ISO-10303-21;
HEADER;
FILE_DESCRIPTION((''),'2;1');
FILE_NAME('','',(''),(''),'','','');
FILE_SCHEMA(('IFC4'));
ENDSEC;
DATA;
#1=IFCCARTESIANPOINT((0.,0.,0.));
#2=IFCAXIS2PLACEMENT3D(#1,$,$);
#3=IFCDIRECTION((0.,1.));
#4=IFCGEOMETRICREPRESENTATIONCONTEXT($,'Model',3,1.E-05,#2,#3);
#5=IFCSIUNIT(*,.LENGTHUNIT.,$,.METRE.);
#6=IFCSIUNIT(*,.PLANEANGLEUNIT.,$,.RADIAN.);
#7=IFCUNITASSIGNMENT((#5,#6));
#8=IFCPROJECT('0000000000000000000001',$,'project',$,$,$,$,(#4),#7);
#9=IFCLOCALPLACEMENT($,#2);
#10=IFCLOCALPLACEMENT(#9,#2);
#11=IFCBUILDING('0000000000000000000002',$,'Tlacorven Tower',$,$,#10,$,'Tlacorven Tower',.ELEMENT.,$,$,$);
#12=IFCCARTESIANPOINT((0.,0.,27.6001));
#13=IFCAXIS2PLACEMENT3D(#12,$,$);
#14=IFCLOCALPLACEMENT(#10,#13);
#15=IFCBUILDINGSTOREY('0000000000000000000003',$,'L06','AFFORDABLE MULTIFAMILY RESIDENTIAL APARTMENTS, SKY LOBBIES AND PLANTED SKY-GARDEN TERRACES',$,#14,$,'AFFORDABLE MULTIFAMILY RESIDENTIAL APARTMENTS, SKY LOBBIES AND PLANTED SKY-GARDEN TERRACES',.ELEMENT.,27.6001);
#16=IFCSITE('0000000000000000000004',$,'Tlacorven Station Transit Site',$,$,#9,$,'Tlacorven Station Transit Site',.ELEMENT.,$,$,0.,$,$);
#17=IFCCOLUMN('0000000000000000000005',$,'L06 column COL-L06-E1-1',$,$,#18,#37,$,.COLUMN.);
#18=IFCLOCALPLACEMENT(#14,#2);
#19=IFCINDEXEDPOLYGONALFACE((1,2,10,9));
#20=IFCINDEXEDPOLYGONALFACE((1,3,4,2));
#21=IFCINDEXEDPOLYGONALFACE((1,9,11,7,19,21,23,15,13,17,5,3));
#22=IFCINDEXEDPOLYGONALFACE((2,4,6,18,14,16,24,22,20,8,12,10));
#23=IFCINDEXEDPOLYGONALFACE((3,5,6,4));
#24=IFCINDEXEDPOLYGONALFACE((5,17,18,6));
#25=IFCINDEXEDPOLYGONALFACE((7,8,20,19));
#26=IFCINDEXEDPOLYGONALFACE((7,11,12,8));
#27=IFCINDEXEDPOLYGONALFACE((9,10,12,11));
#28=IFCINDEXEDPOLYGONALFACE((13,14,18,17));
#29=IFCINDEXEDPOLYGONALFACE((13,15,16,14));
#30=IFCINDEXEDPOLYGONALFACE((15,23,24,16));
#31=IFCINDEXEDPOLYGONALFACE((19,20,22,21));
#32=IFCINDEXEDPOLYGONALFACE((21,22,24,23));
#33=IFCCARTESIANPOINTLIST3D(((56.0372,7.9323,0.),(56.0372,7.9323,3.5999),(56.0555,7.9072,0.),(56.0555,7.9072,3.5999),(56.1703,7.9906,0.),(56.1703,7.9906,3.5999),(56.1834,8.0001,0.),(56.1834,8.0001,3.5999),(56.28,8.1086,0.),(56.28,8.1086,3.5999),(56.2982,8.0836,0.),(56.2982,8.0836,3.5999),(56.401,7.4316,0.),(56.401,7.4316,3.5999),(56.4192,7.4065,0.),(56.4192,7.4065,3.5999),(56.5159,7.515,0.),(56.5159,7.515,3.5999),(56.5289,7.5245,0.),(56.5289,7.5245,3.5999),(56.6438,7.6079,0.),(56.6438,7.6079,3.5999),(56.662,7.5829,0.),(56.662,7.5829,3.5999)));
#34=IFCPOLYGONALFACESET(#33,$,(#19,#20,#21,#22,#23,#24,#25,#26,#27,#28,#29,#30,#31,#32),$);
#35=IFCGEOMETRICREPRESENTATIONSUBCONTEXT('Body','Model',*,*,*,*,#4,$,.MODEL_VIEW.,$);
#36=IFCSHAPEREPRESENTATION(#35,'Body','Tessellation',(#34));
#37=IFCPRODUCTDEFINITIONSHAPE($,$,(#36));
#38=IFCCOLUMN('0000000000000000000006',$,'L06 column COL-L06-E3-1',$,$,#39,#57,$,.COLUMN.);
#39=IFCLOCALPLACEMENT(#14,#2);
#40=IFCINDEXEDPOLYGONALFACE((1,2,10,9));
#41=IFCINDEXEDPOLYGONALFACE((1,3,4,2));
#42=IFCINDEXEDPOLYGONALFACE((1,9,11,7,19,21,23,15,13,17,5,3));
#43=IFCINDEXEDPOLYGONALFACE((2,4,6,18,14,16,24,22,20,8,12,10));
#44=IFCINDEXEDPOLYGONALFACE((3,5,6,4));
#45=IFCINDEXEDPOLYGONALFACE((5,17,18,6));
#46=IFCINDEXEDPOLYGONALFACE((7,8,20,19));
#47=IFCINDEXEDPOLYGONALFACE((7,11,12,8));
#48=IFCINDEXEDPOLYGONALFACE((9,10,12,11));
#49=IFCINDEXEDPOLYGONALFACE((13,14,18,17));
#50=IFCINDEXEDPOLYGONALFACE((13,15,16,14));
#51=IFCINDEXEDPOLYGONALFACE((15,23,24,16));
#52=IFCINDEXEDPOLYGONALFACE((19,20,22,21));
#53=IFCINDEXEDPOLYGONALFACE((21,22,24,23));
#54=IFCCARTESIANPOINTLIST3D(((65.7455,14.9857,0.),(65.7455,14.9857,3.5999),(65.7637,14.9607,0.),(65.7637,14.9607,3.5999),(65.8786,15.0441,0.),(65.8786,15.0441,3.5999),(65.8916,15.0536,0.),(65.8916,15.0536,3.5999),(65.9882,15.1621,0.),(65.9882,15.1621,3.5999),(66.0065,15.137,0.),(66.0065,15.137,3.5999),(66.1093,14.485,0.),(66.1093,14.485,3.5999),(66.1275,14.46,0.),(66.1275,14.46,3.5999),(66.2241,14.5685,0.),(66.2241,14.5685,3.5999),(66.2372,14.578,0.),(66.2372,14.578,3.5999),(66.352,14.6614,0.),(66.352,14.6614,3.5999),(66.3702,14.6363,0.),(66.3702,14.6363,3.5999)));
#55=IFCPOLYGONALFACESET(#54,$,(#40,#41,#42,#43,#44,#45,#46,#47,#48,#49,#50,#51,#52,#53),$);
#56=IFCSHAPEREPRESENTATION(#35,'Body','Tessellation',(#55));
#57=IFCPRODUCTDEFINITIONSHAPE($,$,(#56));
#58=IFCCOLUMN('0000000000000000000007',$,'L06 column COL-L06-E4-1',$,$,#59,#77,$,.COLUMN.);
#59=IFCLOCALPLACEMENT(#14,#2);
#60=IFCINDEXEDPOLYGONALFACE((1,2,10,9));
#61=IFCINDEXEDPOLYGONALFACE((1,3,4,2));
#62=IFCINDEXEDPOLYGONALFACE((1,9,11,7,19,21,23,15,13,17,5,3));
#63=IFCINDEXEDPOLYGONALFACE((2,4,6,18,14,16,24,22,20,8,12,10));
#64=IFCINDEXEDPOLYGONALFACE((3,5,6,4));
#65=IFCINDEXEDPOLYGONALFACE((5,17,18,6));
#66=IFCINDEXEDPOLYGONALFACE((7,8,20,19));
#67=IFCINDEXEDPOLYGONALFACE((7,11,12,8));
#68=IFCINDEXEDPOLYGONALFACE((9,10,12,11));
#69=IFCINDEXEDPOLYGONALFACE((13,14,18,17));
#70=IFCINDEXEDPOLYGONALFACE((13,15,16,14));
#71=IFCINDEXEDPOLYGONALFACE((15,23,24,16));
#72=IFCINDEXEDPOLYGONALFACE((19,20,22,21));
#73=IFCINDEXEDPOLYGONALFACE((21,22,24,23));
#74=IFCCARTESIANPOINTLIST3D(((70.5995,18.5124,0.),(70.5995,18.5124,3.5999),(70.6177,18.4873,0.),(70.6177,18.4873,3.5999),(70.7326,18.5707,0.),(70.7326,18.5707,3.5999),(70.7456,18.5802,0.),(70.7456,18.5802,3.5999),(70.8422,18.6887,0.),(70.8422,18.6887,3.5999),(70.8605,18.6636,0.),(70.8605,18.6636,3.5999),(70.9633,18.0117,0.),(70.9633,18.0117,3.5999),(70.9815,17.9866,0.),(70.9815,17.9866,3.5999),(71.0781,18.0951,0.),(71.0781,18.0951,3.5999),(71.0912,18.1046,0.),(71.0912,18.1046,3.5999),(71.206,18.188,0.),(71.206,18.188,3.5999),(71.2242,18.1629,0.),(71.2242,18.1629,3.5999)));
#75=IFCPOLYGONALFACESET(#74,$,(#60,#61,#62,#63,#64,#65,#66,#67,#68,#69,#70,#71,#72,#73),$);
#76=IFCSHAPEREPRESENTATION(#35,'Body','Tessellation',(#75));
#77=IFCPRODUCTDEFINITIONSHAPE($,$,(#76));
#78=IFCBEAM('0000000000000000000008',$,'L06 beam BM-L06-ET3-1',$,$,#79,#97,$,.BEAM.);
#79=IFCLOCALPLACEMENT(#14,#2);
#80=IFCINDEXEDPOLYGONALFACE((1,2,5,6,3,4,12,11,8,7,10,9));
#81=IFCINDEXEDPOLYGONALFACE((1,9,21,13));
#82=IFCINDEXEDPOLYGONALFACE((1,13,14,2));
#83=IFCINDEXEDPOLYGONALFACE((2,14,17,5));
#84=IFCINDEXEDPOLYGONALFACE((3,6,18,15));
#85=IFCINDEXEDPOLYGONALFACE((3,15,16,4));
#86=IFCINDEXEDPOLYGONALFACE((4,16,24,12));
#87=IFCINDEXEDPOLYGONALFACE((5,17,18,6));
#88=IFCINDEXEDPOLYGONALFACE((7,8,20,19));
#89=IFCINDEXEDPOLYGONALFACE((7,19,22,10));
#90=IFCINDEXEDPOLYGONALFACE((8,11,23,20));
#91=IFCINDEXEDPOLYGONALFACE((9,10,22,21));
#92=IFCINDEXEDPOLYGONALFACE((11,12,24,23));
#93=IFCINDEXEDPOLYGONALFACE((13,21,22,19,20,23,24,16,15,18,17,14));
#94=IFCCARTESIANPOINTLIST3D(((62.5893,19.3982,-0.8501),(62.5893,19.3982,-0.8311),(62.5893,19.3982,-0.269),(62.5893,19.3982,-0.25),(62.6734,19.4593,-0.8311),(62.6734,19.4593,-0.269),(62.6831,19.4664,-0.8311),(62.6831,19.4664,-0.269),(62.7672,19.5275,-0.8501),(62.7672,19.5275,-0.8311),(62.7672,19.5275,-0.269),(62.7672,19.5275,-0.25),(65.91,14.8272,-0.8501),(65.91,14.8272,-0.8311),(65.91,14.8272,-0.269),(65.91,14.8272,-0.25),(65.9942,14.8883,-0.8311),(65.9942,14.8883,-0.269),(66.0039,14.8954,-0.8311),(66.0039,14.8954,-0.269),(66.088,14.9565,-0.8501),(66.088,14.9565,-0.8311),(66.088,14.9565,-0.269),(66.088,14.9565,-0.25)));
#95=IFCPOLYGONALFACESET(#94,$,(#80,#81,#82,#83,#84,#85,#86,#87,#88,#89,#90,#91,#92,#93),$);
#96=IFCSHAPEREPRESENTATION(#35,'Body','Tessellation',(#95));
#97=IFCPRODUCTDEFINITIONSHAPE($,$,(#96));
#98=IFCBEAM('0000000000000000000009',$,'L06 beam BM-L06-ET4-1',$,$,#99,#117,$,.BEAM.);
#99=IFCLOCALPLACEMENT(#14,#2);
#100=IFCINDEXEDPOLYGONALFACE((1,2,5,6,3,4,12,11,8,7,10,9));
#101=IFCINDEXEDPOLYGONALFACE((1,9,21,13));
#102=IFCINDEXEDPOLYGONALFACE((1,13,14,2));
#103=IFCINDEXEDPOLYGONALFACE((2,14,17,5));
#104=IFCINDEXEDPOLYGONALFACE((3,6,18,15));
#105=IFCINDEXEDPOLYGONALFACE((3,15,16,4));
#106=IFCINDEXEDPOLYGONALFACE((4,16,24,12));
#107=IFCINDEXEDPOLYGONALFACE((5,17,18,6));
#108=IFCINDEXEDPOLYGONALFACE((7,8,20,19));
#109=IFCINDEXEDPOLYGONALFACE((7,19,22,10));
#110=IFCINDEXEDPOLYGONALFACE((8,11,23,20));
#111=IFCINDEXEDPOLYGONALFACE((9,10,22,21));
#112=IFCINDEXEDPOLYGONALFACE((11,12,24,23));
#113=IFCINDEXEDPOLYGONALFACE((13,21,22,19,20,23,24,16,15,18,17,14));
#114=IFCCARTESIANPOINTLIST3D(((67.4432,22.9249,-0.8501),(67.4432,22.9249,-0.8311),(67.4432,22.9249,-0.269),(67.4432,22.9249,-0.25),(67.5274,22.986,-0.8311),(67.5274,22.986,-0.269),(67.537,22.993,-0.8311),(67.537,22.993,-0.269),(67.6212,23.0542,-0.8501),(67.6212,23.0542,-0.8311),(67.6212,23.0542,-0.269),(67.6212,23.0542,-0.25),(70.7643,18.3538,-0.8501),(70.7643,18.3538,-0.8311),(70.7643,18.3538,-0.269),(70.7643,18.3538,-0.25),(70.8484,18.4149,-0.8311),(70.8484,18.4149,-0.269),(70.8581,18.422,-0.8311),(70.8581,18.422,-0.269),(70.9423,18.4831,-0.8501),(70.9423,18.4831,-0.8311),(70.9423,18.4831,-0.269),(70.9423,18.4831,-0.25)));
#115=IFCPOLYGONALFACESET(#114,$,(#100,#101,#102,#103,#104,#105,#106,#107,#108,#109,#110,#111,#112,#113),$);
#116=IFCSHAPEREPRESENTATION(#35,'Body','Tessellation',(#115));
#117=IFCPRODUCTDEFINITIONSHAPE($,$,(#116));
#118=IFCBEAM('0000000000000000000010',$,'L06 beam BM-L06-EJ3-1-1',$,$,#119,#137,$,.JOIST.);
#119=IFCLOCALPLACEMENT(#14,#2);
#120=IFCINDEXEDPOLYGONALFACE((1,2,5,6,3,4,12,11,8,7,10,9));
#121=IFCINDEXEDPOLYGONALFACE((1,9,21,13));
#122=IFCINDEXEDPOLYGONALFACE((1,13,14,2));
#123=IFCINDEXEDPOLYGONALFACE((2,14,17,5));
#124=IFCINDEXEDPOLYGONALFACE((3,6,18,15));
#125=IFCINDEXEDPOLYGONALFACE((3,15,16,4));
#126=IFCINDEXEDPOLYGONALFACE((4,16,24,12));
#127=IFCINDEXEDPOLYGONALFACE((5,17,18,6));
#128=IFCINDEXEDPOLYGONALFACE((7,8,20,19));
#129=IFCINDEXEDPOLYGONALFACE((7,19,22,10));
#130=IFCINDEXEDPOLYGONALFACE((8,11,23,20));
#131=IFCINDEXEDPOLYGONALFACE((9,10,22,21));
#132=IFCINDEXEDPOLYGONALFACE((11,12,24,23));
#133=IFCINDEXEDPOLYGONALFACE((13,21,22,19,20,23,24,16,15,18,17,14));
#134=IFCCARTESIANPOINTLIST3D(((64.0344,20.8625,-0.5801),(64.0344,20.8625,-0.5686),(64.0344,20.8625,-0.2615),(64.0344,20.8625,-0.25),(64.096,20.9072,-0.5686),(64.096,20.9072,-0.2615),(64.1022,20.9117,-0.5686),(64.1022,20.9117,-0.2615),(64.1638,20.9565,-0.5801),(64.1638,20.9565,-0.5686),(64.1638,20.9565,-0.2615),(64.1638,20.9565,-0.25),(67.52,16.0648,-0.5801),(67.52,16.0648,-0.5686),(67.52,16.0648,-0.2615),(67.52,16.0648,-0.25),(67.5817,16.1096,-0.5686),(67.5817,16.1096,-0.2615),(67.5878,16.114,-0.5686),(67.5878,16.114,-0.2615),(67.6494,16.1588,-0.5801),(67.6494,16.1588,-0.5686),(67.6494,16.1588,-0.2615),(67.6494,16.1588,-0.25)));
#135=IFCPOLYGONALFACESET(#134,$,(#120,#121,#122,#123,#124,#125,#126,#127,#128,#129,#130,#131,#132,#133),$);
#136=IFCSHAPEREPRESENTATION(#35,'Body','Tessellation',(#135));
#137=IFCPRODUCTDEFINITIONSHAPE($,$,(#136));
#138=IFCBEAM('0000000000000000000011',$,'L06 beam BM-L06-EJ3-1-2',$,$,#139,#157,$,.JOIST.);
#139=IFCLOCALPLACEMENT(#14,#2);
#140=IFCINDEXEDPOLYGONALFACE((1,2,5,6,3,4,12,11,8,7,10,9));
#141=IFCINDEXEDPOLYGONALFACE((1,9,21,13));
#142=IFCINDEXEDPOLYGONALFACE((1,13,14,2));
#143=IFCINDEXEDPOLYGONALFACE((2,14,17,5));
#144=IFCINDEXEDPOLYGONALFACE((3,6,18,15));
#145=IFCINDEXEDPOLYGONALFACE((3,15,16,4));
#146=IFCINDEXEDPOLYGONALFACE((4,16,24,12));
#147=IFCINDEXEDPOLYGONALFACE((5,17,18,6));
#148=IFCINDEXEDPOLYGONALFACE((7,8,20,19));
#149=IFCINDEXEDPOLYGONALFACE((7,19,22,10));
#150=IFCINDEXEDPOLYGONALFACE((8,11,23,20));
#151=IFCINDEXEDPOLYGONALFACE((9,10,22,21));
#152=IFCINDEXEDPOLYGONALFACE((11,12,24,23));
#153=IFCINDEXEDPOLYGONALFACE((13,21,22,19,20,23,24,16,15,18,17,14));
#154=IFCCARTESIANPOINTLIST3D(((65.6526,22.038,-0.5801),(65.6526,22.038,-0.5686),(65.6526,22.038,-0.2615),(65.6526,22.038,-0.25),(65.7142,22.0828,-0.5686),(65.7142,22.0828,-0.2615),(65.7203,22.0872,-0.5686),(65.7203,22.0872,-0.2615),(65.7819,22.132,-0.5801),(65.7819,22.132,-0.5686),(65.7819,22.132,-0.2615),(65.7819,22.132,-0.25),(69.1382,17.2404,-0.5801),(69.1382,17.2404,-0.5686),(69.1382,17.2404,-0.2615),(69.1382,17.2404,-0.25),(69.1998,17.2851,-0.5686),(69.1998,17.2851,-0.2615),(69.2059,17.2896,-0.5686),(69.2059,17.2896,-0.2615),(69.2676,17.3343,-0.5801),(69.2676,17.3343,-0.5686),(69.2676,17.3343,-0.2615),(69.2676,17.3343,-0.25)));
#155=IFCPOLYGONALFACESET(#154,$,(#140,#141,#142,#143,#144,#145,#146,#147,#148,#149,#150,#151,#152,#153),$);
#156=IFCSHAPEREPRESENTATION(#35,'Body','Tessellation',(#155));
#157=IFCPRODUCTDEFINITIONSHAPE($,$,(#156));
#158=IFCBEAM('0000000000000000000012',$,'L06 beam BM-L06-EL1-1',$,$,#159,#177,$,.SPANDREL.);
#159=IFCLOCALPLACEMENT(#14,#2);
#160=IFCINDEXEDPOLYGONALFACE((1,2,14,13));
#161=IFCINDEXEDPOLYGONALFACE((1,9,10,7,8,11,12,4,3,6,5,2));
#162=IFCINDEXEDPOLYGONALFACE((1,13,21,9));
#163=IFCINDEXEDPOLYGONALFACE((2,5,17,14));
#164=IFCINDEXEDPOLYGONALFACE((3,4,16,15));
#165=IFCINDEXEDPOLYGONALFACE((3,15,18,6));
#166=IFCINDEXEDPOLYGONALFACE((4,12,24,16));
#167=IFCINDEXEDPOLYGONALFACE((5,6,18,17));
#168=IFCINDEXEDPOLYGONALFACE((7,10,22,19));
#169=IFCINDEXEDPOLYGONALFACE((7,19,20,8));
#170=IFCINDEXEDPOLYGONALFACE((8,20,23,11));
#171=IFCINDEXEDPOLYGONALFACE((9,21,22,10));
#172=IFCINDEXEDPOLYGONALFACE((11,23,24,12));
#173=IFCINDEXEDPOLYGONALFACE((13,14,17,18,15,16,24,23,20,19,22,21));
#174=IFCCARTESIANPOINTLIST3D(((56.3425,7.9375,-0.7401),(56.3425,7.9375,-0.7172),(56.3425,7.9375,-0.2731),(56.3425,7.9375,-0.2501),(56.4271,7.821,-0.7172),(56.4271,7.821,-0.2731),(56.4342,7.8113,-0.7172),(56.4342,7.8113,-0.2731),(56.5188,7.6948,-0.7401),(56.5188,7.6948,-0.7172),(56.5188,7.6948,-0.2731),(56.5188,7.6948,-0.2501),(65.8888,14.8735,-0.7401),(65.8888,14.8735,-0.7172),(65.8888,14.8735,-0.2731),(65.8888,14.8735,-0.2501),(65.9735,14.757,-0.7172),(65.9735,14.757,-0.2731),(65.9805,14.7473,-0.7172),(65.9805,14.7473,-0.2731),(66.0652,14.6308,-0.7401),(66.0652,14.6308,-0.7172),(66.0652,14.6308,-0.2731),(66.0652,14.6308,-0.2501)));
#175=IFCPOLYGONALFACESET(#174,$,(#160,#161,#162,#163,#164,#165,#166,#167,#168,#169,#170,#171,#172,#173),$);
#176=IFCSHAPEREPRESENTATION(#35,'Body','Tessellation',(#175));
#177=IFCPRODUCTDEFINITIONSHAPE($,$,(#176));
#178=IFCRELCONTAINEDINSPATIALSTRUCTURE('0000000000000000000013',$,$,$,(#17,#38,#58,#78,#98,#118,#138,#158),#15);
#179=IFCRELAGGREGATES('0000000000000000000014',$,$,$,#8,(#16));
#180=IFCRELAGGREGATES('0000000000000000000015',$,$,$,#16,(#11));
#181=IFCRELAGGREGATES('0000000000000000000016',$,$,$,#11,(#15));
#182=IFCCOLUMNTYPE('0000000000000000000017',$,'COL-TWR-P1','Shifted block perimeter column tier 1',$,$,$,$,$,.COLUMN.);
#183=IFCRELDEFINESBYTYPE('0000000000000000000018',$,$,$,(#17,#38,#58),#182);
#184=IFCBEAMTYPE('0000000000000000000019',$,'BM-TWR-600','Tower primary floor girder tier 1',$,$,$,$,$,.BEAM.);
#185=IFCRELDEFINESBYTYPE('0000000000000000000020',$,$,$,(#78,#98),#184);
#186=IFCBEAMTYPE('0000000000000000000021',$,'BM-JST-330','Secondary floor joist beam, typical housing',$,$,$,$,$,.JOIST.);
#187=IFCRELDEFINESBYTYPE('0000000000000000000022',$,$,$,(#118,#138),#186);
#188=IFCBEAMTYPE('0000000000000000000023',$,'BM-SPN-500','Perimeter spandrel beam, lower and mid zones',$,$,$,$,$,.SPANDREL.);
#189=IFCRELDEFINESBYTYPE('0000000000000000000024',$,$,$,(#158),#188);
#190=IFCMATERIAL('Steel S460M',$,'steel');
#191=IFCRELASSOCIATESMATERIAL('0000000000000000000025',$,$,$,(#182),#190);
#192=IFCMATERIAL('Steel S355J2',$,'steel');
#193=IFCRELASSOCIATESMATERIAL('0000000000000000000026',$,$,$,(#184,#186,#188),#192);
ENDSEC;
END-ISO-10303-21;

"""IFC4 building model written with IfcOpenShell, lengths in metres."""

from ifc_helpers import new_model, si_unit, direction, frame, origin, origin_2d, place, context, subcontext, project, spatial, i_section, extrude, source, transform, mapped, material, material_profile, profile_set, type_object, element, save


model = new_model("IFC4")

# Units and contexts
model_context = context("Model", 3, precision=1e-05, world=origin(), true_north=direction((0.0, 1.0)))
body_context = subcontext(model_context, "Body", "Model", "MODEL_VIEW")
ifc_project = project(units=[si_unit("LENGTHUNIT", "METRE"), si_unit("PLANEANGLEUNIT", "RADIAN")], contexts=[model_context])

# Site, building, storey
site_placement = place(None, origin())
site = spatial("IfcSite", under=ifc_project, at=site_placement, Name="Tlacorven Station Transit Site", LongName="Tlacorven Station Transit Site", CompositionType="ELEMENT", RefElevation=0.0)
building_placement = place(site_placement, origin())
building = spatial("IfcBuilding", under=site, at=building_placement, Name="Tlacorven Tower", LongName="Tlacorven Tower", CompositionType="ELEMENT")
storey_placement = place(building_placement, frame((0.0, 0.0, 27.6001)))
storey = spatial("IfcBuildingStorey", under=building, at=storey_placement, Name="L06", Description="AFFORDABLE MULTIFAMILY RESIDENTIAL APARTMENTS, SKY LOBBIES AND PLANTED SKY-GARDEN TERRACES", LongName="AFFORDABLE MULTIFAMILY RESIDENTIAL APARTMENTS, SKY LOBBIES AND PLANTED SKY-GARDEN TERRACES", CompositionType="ELEMENT", Elevation=27.6001)

# Columns
ifc_material_1 = material(Name="Steel S460M", Category="steel")
ifc_material_profile_1 = material_profile(ifc_material_1, i_section(OverallWidth=0.3, OverallDepth=0.6499, WebThickness=0.0161, FlangeThickness=0.031, at=origin_2d()), Name="HEB 650")
ifc_profile_set_1 = profile_set([ifc_material_profile_1], Name="Steel S460M")
column_type = type_object("IfcColumnType", Name="COL-TWR-P1", Description="Shifted block perimeter column tier 1", PredefinedType="COLUMN", material=ifc_profile_set_1)
shared_shape_1 = source(origin(), body_context, "Body", "SweptSolid", [
    extrude(i_section(OverallWidth=0.3, OverallDepth=0.6499, WebThickness=0.0161, FlangeThickness=0.031, at=origin_2d()), origin(), (0.0, 0.0, 1.0), 3.5999),
])
for number, where, z_axis, x_axis, name in (
    (1, (56.3496, 7.7576, 0.0), (0.0, 0.0, 1.0), (0.809017, 0.587785, 0.0), "L06 column COL-L06-E1-1"),
    (2, (66.0579, 14.811, 0.0), (0.0, 0.0, 1.0), (0.809017, 0.587785, 0.0), "L06 column COL-L06-E3-1"),
    (3, (70.9119, 18.3376, 0.0), (0.0, 0.0, 1.0), (0.809017, 0.587785, 0.0), "L06 column COL-L06-E4-1"),
):
    element("IfcColumn", number, at=place(storey_placement, frame(where, z_axis=z_axis, x_axis=x_axis)), inside=storey, type_object=column_type, Name=name, PredefinedType="COLUMN", context=body_context, shape_type="MappedRepresentation", body=[
        mapped(shared_shape_1, transform((0.0, 0.0, 0.0), scale=1.0)),
    ])

# Beams
ifc_material_2 = material(Name="Steel S355J2", Category="steel")
ifc_material_profile_2 = material_profile(ifc_material_2, i_section(OverallWidth=0.22, OverallDepth=0.6001, WebThickness=0.012, FlangeThickness=0.019, at=origin_2d()), Name="IPE 600")
ifc_profile_set_2 = profile_set([ifc_material_profile_2], Name="Steel S355J2")
beam_type_1 = type_object("IfcBeamType", Name="BM-TWR-600", Description="Tower primary floor girder tier 1", PredefinedType="BEAM", material=ifc_profile_set_2)
shared_shape_2 = source(origin(), body_context, "Body", "SweptSolid", [
    extrude(i_section(OverallWidth=0.22, OverallDepth=0.6001, WebThickness=0.012, FlangeThickness=0.019, at=origin_2d()), origin(), (0.0, 0.0, 1.0), 5.6499),
])
beam_1_placement = place(storey_placement, frame((65.999, 14.8918, -0.55), z_axis=(-0.587755, 0.809039, 0.0), x_axis=(-0.809039, -0.587755, 0.0)))
element("IfcBeam", 4, at=beam_1_placement, inside=storey, type_object=beam_type_1, Name="L06 beam BM-L06-ET3-1", PredefinedType="BEAM", context=body_context, shape_type="MappedRepresentation", body=[
    mapped(shared_shape_2, transform((0.0, 0.0, 0.0), scale=1.0)),
])
shared_shape_3 = source(origin(), body_context, "Body", "SweptSolid", [
    extrude(i_section(OverallWidth=0.22, OverallDepth=0.6001, WebThickness=0.012, FlangeThickness=0.019, at=origin_2d()), origin(), (0.0, 0.0, 1.0), 5.6501),
])
beam_2_placement = place(storey_placement, frame((70.8533, 18.4185, -0.55), z_axis=(-0.587784, 0.809018, 0.0), x_axis=(-0.809018, -0.587784, 0.0)))
element("IfcBeam", 5, at=beam_2_placement, inside=storey, type_object=beam_type_1, Name="L06 beam BM-L06-ET4-1", PredefinedType="BEAM", context=body_context, shape_type="MappedRepresentation", body=[
    mapped(shared_shape_3, transform((0.0, 0.0, 0.0), scale=1.0)),
])
ifc_material_profile_3 = material_profile(ifc_material_2, i_section(OverallWidth=0.1599, OverallDepth=0.3301, WebThickness=0.0076, FlangeThickness=0.0115, at=origin_2d()), Name="IPE 330")
ifc_profile_set_3 = profile_set([ifc_material_profile_3], Name="Steel S355J2")
beam_type_2 = type_object("IfcBeamType", Name="BM-JST-330", Description="Secondary floor joist beam, typical housing", PredefinedType="JOIST", material=ifc_profile_set_3)
shared_shape_4 = source(origin(), body_context, "Body", "SweptSolid", [
    extrude(i_section(OverallWidth=0.1599, OverallDepth=0.3301, WebThickness=0.0076, FlangeThickness=0.0115, at=origin_2d()), origin(), (0.0, 0.0, 1.0), 5.9302),
])
for number, where, z_axis, x_axis, name in (
    (6, (67.5847, 16.1118, -0.415), (-0.587778, 0.809023, 0.0), (-0.809023, -0.587778, 0.0), "L06 beam BM-L06-EJ3-1-1"),
    (7, (69.2029, 17.2874, -0.415), (-0.587778, 0.809023, 0.0), (-0.809023, -0.587778, 0.0), "L06 beam BM-L06-EJ3-1-2"),
):
    element("IfcBeam", number, at=place(storey_placement, frame(where, z_axis=z_axis, x_axis=x_axis)), inside=storey, type_object=beam_type_2, Name=name, PredefinedType="JOIST", context=body_context, shape_type="MappedRepresentation", body=[
        mapped(shared_shape_4, transform((0.0, 0.0, 0.0), scale=1.0)),
    ])
ifc_material_profile_4 = material_profile(ifc_material_2, i_section(OverallWidth=0.3, OverallDepth=0.49, WebThickness=0.012, FlangeThickness=0.0229, at=origin_2d()), Name="HEA 500")
ifc_profile_set_4 = profile_set([ifc_material_profile_4], Name="Steel S355J2")
beam_type_3 = type_object("IfcBeamType", Name="BM-SPN-500", Description="Perimeter spandrel beam, lower and mid zones", PredefinedType="SPANDREL", material=ifc_profile_set_4)
shared_shape_5 = source(origin(), body_context, "Body", "SweptSolid", [
    extrude(i_section(OverallWidth=0.3, OverallDepth=0.49, WebThickness=0.012, FlangeThickness=0.0229, at=origin_2d()), origin(), (0.0, 0.0, 1.0), 11.8),
])
beam_3_placement = place(storey_placement, frame((56.4307, 7.8162, -0.4951), z_axis=(0.80901, 0.587795, 0.0), x_axis=(-0.587795, 0.80901, 0.0)))
element("IfcBeam", 8, at=beam_3_placement, inside=storey, type_object=beam_type_3, Name="L06 beam BM-L06-EL1-1", PredefinedType="SPANDREL", context=body_context, shape_type="MappedRepresentation", body=[
    mapped(shared_shape_5, transform((0.0, 0.0, 0.0), scale=1.0)),
])

save(model, "model.ifc")
